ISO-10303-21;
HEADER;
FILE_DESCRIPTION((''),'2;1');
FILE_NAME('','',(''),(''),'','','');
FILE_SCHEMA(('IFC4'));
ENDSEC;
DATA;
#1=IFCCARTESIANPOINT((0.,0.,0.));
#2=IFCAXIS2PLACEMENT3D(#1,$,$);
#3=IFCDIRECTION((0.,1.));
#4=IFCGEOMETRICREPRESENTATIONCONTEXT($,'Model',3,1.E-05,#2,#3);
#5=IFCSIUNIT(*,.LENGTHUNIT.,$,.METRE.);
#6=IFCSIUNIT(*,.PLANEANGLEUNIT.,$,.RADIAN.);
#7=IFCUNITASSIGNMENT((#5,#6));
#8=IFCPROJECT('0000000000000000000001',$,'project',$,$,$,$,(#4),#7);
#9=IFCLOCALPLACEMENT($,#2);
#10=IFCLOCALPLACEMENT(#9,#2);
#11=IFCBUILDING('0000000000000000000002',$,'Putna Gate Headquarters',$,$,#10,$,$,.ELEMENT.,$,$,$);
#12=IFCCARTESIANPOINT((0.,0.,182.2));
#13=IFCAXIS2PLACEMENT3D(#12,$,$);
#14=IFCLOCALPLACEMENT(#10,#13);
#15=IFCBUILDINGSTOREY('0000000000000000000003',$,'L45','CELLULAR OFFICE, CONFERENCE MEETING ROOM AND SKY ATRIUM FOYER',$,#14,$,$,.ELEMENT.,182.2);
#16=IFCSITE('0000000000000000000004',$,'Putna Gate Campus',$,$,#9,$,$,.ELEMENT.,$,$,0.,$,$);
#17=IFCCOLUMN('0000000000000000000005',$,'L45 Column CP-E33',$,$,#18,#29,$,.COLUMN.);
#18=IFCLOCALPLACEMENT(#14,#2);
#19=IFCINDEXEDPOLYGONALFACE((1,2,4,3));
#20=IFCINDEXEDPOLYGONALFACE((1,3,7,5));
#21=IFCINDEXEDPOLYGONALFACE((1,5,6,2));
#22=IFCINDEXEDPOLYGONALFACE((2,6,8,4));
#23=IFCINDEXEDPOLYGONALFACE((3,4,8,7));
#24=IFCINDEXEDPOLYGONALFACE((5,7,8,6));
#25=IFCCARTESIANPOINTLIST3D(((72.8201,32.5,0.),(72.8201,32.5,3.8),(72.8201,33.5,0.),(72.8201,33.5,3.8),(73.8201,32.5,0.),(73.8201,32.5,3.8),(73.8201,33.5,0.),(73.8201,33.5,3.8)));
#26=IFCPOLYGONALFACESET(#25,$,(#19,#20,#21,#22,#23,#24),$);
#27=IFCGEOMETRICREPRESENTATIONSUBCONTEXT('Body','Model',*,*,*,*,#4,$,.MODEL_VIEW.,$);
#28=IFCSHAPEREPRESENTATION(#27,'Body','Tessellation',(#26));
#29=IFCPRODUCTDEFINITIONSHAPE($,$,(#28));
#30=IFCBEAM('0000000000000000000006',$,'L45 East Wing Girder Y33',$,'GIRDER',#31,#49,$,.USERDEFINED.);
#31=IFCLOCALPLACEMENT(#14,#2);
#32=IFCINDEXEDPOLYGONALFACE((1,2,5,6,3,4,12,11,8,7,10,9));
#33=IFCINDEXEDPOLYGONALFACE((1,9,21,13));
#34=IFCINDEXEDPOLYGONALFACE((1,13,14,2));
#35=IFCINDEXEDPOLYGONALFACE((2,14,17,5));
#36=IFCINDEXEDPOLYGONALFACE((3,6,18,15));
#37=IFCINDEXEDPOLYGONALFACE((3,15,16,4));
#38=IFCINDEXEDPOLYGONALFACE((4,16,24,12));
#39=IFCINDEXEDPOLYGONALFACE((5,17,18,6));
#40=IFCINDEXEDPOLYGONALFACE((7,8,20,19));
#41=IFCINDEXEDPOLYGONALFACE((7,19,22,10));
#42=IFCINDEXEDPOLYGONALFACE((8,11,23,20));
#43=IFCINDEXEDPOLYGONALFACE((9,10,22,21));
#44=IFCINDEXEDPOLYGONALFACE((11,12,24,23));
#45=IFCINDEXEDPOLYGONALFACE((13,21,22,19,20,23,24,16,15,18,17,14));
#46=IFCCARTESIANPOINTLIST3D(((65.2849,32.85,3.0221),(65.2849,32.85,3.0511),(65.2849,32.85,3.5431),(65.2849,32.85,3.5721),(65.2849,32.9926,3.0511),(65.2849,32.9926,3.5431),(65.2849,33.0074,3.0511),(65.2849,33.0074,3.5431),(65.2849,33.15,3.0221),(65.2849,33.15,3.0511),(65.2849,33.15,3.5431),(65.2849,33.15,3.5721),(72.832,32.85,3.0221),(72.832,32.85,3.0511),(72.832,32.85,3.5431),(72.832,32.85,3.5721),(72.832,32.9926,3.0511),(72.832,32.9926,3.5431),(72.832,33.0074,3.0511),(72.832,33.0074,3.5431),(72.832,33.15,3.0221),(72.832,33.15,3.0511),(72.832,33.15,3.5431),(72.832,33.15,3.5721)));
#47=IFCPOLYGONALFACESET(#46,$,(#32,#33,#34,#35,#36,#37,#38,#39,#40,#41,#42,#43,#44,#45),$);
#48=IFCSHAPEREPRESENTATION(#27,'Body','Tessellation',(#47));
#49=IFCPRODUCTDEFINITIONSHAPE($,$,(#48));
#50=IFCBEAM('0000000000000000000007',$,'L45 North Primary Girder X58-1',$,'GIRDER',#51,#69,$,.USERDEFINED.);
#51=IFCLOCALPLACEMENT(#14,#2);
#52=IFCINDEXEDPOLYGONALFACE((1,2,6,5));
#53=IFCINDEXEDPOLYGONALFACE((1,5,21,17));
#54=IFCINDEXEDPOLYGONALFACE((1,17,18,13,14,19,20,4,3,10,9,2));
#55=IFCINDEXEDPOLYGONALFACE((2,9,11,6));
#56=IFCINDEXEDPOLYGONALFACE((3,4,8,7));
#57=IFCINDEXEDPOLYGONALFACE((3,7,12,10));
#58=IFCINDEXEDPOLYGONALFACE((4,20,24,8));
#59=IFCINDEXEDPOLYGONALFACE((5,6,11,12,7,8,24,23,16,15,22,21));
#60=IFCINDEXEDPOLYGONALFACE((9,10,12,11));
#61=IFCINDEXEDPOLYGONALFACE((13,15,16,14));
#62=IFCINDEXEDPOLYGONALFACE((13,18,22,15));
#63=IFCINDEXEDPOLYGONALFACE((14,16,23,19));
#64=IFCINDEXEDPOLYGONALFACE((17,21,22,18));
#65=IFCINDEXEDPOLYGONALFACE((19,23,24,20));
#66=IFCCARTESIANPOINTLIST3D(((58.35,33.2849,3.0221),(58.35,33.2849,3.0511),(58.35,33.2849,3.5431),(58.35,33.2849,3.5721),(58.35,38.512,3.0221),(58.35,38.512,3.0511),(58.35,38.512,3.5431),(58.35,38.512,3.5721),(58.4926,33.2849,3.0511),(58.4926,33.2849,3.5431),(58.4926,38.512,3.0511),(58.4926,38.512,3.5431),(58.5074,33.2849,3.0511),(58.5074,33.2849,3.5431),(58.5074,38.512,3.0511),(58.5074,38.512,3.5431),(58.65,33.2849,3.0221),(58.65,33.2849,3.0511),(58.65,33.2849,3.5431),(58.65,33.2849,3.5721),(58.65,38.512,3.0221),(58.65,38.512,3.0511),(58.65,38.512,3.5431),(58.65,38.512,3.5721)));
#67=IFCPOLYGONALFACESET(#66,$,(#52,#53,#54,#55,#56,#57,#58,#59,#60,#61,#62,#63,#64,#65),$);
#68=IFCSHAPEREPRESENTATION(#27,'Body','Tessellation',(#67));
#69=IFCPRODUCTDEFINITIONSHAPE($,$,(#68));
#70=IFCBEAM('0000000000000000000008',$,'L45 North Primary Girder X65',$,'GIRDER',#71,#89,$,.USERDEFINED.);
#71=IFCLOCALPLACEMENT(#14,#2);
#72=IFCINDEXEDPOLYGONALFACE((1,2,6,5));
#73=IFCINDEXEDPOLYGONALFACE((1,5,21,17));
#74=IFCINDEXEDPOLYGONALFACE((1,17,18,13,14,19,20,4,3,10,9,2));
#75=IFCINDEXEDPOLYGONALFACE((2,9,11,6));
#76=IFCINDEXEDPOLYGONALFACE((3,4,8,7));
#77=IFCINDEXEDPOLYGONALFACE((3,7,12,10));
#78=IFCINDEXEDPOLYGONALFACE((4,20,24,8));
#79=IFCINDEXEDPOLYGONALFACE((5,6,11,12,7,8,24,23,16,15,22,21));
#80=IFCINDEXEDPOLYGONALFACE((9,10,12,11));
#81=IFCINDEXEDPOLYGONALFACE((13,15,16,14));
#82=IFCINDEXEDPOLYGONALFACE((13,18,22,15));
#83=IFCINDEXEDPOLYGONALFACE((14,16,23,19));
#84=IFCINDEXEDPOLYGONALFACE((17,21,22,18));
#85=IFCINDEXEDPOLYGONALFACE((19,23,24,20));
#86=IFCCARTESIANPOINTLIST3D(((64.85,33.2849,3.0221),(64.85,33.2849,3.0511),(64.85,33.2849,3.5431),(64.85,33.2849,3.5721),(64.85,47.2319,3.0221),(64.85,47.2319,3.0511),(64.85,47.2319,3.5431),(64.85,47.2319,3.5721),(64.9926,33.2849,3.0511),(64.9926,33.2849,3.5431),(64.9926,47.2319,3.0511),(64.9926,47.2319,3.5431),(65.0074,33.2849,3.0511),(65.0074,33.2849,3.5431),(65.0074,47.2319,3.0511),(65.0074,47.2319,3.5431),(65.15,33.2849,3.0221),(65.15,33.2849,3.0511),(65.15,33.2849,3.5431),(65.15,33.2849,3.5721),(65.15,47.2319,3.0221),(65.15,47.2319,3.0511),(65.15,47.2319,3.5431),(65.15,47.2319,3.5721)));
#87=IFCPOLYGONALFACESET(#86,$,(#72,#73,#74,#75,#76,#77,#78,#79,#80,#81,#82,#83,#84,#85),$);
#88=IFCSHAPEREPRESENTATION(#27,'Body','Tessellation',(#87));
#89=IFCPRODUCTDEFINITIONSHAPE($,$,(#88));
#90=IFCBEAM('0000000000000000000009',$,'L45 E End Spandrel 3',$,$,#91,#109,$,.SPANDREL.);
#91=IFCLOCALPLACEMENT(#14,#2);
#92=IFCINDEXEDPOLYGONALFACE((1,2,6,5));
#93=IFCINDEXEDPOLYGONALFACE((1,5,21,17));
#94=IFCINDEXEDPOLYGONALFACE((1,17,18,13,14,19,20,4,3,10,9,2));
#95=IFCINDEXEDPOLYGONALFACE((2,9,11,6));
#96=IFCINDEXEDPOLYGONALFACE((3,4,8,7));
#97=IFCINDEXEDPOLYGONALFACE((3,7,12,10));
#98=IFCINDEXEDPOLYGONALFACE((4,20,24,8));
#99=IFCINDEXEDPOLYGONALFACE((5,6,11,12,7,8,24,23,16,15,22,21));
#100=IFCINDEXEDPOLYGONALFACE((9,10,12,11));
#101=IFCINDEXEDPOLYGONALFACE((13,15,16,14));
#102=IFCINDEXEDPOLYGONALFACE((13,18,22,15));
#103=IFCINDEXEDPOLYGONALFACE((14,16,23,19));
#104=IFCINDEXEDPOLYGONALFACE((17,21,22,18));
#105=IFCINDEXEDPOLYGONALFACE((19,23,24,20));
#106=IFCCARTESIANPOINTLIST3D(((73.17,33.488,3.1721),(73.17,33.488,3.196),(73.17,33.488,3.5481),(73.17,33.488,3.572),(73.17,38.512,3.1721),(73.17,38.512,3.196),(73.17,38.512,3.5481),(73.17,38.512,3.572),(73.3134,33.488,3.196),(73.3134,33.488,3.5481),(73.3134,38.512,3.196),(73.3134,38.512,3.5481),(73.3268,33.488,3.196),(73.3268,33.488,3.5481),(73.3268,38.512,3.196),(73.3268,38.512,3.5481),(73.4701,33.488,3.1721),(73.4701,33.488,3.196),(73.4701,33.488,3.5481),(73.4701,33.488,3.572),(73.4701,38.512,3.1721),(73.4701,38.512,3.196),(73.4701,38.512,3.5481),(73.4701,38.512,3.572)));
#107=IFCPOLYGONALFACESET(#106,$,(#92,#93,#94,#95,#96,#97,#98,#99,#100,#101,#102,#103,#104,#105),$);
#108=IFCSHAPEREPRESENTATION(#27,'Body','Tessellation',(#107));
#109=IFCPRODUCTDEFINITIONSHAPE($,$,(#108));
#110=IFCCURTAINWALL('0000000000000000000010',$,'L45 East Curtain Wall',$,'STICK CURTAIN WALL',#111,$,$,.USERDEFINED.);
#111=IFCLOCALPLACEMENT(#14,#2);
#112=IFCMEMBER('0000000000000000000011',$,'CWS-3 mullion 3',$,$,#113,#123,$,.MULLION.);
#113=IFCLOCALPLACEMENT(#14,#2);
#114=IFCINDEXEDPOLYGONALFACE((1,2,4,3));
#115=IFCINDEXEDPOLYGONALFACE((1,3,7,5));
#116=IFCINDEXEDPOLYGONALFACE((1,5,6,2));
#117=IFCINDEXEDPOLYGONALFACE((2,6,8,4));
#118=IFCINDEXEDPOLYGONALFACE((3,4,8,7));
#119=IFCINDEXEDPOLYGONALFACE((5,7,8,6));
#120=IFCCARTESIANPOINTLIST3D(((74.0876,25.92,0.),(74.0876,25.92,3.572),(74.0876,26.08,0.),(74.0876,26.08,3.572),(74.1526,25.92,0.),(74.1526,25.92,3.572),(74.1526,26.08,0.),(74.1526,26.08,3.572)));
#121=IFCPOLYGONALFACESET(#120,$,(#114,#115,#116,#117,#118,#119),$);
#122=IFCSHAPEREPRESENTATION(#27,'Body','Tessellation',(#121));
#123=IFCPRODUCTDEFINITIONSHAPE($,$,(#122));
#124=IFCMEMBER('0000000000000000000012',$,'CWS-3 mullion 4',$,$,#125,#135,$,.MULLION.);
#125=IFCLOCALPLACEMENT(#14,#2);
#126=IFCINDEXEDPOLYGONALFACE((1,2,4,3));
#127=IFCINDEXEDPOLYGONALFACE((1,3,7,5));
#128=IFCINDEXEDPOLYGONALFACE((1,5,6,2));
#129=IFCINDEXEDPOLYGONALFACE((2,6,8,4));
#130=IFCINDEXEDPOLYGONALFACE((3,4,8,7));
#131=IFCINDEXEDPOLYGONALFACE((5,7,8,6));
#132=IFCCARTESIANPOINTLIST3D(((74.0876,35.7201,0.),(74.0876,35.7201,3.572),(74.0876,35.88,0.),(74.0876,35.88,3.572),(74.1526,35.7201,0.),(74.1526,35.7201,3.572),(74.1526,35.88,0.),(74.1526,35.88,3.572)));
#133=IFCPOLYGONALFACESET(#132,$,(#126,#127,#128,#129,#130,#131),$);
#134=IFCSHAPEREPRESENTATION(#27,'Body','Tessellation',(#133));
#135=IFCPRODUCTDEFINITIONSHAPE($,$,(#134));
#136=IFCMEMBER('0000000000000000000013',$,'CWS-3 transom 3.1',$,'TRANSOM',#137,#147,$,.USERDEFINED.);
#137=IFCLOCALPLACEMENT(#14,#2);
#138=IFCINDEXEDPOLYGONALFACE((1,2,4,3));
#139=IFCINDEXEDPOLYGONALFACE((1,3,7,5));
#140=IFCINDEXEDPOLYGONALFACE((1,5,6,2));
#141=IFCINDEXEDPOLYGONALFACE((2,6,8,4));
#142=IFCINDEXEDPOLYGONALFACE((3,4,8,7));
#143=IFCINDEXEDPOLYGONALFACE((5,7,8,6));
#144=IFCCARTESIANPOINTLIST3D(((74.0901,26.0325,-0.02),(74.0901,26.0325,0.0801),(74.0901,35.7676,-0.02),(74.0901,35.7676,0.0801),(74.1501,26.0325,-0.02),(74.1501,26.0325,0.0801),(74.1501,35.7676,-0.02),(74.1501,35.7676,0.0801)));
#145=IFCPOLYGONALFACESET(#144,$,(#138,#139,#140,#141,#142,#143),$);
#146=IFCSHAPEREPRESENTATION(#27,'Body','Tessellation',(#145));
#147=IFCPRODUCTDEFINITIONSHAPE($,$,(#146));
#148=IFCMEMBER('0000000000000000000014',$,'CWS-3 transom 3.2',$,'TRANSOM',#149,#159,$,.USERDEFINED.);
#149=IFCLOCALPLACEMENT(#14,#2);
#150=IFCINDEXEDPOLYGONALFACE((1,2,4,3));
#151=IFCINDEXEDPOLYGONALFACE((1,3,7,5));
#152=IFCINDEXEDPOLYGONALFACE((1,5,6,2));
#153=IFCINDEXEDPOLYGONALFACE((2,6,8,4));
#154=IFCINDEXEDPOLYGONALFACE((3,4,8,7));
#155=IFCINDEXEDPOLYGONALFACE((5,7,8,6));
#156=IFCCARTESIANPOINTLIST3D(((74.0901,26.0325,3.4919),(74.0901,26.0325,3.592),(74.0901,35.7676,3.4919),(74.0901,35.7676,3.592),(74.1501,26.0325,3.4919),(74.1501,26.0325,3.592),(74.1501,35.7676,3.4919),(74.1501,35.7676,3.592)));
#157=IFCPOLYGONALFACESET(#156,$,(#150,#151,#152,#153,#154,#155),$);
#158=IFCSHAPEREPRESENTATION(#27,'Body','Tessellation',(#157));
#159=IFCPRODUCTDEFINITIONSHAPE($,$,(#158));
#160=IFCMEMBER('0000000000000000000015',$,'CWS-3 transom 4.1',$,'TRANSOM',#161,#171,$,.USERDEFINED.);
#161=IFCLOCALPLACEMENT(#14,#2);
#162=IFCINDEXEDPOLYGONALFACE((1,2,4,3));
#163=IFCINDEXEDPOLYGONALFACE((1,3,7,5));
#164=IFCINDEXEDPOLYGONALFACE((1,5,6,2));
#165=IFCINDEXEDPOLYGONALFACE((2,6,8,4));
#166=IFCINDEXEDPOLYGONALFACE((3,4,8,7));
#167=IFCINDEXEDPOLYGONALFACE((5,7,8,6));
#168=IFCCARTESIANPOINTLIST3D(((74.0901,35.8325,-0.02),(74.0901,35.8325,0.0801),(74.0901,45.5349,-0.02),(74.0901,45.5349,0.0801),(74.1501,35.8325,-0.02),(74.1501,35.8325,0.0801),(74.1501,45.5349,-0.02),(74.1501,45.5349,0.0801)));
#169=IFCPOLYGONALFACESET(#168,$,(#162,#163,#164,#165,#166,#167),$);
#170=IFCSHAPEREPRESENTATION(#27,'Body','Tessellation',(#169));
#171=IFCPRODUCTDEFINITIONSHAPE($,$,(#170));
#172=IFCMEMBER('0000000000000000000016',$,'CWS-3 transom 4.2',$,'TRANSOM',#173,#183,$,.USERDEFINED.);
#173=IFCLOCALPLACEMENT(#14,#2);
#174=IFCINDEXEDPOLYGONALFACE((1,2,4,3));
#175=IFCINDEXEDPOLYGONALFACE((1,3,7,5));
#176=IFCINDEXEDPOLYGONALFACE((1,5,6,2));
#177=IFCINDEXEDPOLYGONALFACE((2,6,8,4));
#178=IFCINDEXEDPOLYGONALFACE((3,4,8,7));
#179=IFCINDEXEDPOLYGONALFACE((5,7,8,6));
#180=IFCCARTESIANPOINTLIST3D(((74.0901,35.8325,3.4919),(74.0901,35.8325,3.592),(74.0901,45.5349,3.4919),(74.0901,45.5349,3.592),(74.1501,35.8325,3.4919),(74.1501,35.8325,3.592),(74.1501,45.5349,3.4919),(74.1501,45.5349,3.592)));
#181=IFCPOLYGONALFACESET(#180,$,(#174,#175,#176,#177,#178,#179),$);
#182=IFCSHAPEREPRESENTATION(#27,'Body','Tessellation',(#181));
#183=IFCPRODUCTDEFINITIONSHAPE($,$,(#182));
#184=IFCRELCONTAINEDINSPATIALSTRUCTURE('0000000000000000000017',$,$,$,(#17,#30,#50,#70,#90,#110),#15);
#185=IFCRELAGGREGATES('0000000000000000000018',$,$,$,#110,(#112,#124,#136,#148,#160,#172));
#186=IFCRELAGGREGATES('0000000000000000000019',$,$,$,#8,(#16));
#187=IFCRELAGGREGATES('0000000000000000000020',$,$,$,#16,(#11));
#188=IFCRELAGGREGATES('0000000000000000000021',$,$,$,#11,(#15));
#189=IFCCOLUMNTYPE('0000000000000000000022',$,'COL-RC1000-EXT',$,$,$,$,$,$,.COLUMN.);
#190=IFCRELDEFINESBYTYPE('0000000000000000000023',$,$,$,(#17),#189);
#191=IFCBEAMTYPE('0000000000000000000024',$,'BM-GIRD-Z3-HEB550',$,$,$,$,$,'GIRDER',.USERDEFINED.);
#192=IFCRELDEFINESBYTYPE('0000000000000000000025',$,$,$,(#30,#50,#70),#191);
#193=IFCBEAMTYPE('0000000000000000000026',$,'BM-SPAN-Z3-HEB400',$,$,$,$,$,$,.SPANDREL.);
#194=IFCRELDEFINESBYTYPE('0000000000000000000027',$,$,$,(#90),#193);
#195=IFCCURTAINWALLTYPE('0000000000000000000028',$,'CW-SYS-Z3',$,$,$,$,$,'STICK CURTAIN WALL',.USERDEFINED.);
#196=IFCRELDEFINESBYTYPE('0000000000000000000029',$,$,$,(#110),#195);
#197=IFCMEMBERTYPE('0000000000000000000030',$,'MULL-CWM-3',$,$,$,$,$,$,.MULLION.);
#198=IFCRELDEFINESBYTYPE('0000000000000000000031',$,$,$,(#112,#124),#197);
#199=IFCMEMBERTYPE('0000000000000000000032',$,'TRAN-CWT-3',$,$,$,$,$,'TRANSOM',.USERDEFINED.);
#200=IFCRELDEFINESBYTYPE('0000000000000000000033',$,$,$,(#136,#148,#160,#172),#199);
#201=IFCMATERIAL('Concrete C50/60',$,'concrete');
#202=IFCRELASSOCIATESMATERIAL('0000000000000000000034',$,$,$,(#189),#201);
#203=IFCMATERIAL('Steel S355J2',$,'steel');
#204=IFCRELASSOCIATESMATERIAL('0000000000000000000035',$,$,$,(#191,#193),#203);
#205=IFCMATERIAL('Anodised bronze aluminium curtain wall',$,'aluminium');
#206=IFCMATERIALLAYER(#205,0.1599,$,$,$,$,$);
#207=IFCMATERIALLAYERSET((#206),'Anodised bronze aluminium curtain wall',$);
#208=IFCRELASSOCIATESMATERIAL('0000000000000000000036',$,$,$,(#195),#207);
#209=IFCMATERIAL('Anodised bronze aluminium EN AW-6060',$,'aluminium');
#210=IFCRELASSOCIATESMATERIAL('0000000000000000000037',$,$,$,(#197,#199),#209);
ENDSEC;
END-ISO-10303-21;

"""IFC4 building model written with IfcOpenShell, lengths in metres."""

from ifc_helpers import new_model, si_unit, direction, frame, origin, origin_2d, place, context, subcontext, project, spatial, rectangle, i_section, extrude, material, layer, layer_set, material_profile, profile_set, type_object, element, aggregate, save


model = new_model("IFC4")

# Units and contexts
model_context = context("Model", 3, precision=1e-05, world=origin(), true_north=direction((0.0, 1.0)))
body_context = subcontext(model_context, "Body", "Model", "MODEL_VIEW")
ifc_project = project(units=[si_unit("LENGTHUNIT", "METRE"), si_unit("PLANEANGLEUNIT", "RADIAN")], contexts=[model_context])

# Site, building, storey
site_placement = place(None, origin())
site = spatial("IfcSite", under=ifc_project, at=site_placement, Name="Putna Gate Campus", CompositionType="ELEMENT", RefElevation=0.0)
building_placement = place(site_placement, origin())
building = spatial("IfcBuilding", under=site, at=building_placement, Name="Putna Gate Headquarters", CompositionType="ELEMENT")
storey_placement = place(building_placement, frame((0.0, 0.0, 182.2)))
storey = spatial("IfcBuildingStorey", under=building, at=storey_placement, Name="L45", Description="CELLULAR OFFICE, CONFERENCE MEETING ROOM AND SKY ATRIUM FOYER", CompositionType="ELEMENT", Elevation=182.2)

# Column
ifc_material_1 = material(Name="Concrete C50/60", Category="concrete")
ifc_material_profile_1 = material_profile(ifc_material_1, rectangle(XDim=1.0, YDim=1.0, at=origin_2d()), Name="Concrete C50/60")
ifc_profile_set_1 = profile_set([ifc_material_profile_1], Name="Concrete C50/60")
column_type = type_object("IfcColumnType", Name="COL-RC1000-EXT", PredefinedType="COLUMN", material=ifc_profile_set_1)
column_placement = place(storey_placement, frame((73.3201, 33.0, 0.0), z_axis=(0.0, 0.0, 1.0), x_axis=(1.0, 0.0, 0.0)))
element("IfcColumn", 1, at=column_placement, inside=storey, type_object=column_type, Name="L45 Column CP-E33", PredefinedType="COLUMN", context=body_context, shape_type="SweptSolid", body=[
    extrude(rectangle(XDim=1.0, YDim=1.0, at=origin_2d()), origin(), (0.0, 0.0, 1.0), 3.8),
])

# Beams
ifc_material_2 = material(Name="Steel S355J2", Category="steel")
ifc_material_profile_2 = material_profile(ifc_material_2, i_section(OverallWidth=0.3, OverallDepth=0.55, WebThickness=0.0149, FlangeThickness=0.0291, at=origin_2d()), Name="Steel S355J2")
ifc_profile_set_2 = profile_set([ifc_material_profile_2], Name="Steel S355J2")
beam_type_1 = type_object("IfcBeamType", Name="BM-GIRD-Z3-HEB550", ElementType="GIRDER", PredefinedType="USERDEFINED", material=ifc_profile_set_2)
beam_1_placement = place(storey_placement, frame((65.2849, 33.0, 3.2971), z_axis=(1.0, 0.0, 0.0), x_axis=(0.0, 1.0, 0.0)))
element("IfcBeam", 2, at=beam_1_placement, inside=storey, type_object=beam_type_1, Name="L45 East Wing Girder Y33", ObjectType="GIRDER", PredefinedType="USERDEFINED", context=body_context, shape_type="SweptSolid", body=[
    extrude(i_section(OverallWidth=0.3, OverallDepth=0.55, WebThickness=0.0149, FlangeThickness=0.0291, at=origin_2d()), origin(), (0.0, 0.0, 1.0), 7.5471),
])
beam_2_placement = place(storey_placement, frame((58.5, 33.2849, 3.2971), z_axis=(0.0, 1.0, 0.0), x_axis=(-1.0, 0.0, 0.0)))
element("IfcBeam", 3, at=beam_2_placement, inside=storey, type_object=beam_type_1, Name="L45 North Primary Girder X58-1", ObjectType="GIRDER", PredefinedType="USERDEFINED", context=body_context, shape_type="SweptSolid", body=[
    extrude(i_section(OverallWidth=0.3, OverallDepth=0.55, WebThickness=0.0149, FlangeThickness=0.0291, at=origin_2d()), origin(), (0.0, 0.0, 1.0), 5.2271),
])
beam_3_placement = place(storey_placement, frame((65.0, 33.2849, 3.2971), z_axis=(0.0, 1.0, 0.0), x_axis=(-1.0, 0.0, 0.0)))
element("IfcBeam", 4, at=beam_3_placement, inside=storey, type_object=beam_type_1, Name="L45 North Primary Girder X65", ObjectType="GIRDER", PredefinedType="USERDEFINED", context=body_context, shape_type="SweptSolid", body=[
    extrude(i_section(OverallWidth=0.3, OverallDepth=0.55, WebThickness=0.0149, FlangeThickness=0.0291, at=origin_2d()), origin(), (0.0, 0.0, 1.0), 13.947),
])
ifc_material_profile_3 = material_profile(ifc_material_2, i_section(OverallWidth=0.3, OverallDepth=0.3999, WebThickness=0.0134, FlangeThickness=0.0239, at=origin_2d()), Name="Steel S355J2")
ifc_profile_set_3 = profile_set([ifc_material_profile_3], Name="Steel S355J2")
beam_type_2 = type_object("IfcBeamType", Name="BM-SPAN-Z3-HEB400", PredefinedType="SPANDREL", material=ifc_profile_set_3)
beam_4_placement = place(storey_placement, frame((73.3201, 33.488, 3.3721), z_axis=(0.0, 1.0, 0.0), x_axis=(-1.0, 0.0, 0.0)))
element("IfcBeam", 5, at=beam_4_placement, inside=storey, type_object=beam_type_2, Name="L45 E End Spandrel 3", PredefinedType="SPANDREL", context=body_context, shape_type="SweptSolid", body=[
    extrude(i_section(OverallWidth=0.3, OverallDepth=0.3999, WebThickness=0.0134, FlangeThickness=0.0239, at=origin_2d()), origin(), (0.0, 0.0, 1.0), 5.0239),
])

# Curtain wall, members
ifc_material_3 = material(Name="Anodised bronze aluminium curtain wall", Category="aluminium")
ifc_layer_1 = layer(ifc_material_3, 0.1599)
ifc_layer_set_1 = layer_set([ifc_layer_1], Name="Anodised bronze aluminium curtain wall")
curtain_wall_type = type_object("IfcCurtainWallType", Name="CW-SYS-Z3", ElementType="STICK CURTAIN WALL", PredefinedType="USERDEFINED", material=ifc_layer_set_1)
curtain_wall_placement = place(storey_placement, origin())
curtain_wall = element("IfcCurtainWall", 6, at=curtain_wall_placement, inside=storey, type_object=curtain_wall_type, Name="L45 East Curtain Wall", ObjectType="STICK CURTAIN WALL", PredefinedType="USERDEFINED")
ifc_material_4 = material(Name="Anodised bronze aluminium EN AW-6060", Category="aluminium")
ifc_material_profile_4 = material_profile(ifc_material_4, rectangle(XDim=0.0649, YDim=0.1599, at=origin_2d()), Name="Anodised bronze aluminium EN AW-6060")
ifc_profile_set_4 = profile_set([ifc_material_profile_4], Name="Anodised bronze aluminium EN AW-6060")
member_type_1 = type_object("IfcMemberType", Name="MULL-CWM-3", PredefinedType="MULLION", material=ifc_profile_set_4)
member_1_placement = place(storey_placement, frame((74.1201, 26.0, 0.0), z_axis=(0.0, 0.0, 1.0), x_axis=(-1.0, 0.0, 0.0)))
member_1 = element("IfcMember", 7, at=member_1_placement, type_object=member_type_1, Name="CWS-3 mullion 3", PredefinedType="MULLION", context=body_context, shape_type="SweptSolid", body=[
    extrude(rectangle(XDim=0.0649, YDim=0.1599, at=origin_2d()), origin(), (0.0, 0.0, 1.0), 3.572),
])
member_2_placement = place(storey_placement, frame((74.1201, 35.8, 0.0), z_axis=(0.0, 0.0, 1.0), x_axis=(-1.0, 0.0, 0.0)))
member_2 = element("IfcMember", 8, at=member_2_placement, type_object=member_type_1, Name="CWS-3 mullion 4", PredefinedType="MULLION", context=body_context, shape_type="SweptSolid", body=[
    extrude(rectangle(XDim=0.0649, YDim=0.1599, at=origin_2d()), origin(), (0.0, 0.0, 1.0), 3.572),
])
ifc_material_profile_5 = material_profile(ifc_material_4, rectangle(XDim=0.0601, YDim=0.1001, at=origin_2d()), Name="Anodised bronze aluminium EN AW-6060")
ifc_profile_set_5 = profile_set([ifc_material_profile_5], Name="Anodised bronze aluminium EN AW-6060")
member_type_2 = type_object("IfcMemberType", Name="TRAN-CWT-3", ElementType="TRANSOM", PredefinedType="USERDEFINED", material=ifc_profile_set_5)
member_3_placement = place(storey_placement, frame((74.1201, 26.0325, 0.03), z_axis=(0.0, 1.0, 0.0), x_axis=(-1.0, 0.0, 0.0)))
member_3 = element("IfcMember", 9, at=member_3_placement, type_object=member_type_2, Name="CWS-3 transom 3.1", ObjectType="TRANSOM", PredefinedType="USERDEFINED", context=body_context, shape_type="SweptSolid", body=[
    extrude(rectangle(XDim=0.0601, YDim=0.1001, at=origin_2d()), origin(), (0.0, 0.0, 1.0), 9.7351),
])
member_4_placement = place(storey_placement, frame((74.1201, 26.0325, 3.542), z_axis=(0.0, 1.0, 0.0), x_axis=(-1.0, 0.0, 0.0)))
member_4 = element("IfcMember", 10, at=member_4_placement, type_object=member_type_2, Name="CWS-3 transom 3.2", ObjectType="TRANSOM", PredefinedType="USERDEFINED", context=body_context, shape_type="SweptSolid", body=[
    extrude(rectangle(XDim=0.0601, YDim=0.1001, at=origin_2d()), origin(), (0.0, 0.0, 1.0), 9.7351),
])
member_5_placement = place(storey_placement, frame((74.1201, 35.8325, 0.03), z_axis=(0.0, 1.0, 0.0), x_axis=(-1.0, 0.0, 0.0)))
member_5 = element("IfcMember", 11, at=member_5_placement, type_object=member_type_2, Name="CWS-3 transom 4.1", ObjectType="TRANSOM", PredefinedType="USERDEFINED", context=body_context, shape_type="SweptSolid", body=[
    extrude(rectangle(XDim=0.0601, YDim=0.1001, at=origin_2d()), origin(), (0.0, 0.0, 1.0), 9.7024),
])
member_6_placement = place(storey_placement, frame((74.1201, 35.8325, 3.542), z_axis=(0.0, 1.0, 0.0), x_axis=(-1.0, 0.0, 0.0)))
member_6 = element("IfcMember", 12, at=member_6_placement, type_object=member_type_2, Name="CWS-3 transom 4.2", ObjectType="TRANSOM", PredefinedType="USERDEFINED", context=body_context, shape_type="SweptSolid", body=[
    extrude(rectangle(XDim=0.0601, YDim=0.1001, at=origin_2d()), origin(), (0.0, 0.0, 1.0), 9.7024),
])
aggregate(curtain_wall, [member_1, member_2, member_3, member_4, member_5, member_6])

save(model, "model.ifc")
